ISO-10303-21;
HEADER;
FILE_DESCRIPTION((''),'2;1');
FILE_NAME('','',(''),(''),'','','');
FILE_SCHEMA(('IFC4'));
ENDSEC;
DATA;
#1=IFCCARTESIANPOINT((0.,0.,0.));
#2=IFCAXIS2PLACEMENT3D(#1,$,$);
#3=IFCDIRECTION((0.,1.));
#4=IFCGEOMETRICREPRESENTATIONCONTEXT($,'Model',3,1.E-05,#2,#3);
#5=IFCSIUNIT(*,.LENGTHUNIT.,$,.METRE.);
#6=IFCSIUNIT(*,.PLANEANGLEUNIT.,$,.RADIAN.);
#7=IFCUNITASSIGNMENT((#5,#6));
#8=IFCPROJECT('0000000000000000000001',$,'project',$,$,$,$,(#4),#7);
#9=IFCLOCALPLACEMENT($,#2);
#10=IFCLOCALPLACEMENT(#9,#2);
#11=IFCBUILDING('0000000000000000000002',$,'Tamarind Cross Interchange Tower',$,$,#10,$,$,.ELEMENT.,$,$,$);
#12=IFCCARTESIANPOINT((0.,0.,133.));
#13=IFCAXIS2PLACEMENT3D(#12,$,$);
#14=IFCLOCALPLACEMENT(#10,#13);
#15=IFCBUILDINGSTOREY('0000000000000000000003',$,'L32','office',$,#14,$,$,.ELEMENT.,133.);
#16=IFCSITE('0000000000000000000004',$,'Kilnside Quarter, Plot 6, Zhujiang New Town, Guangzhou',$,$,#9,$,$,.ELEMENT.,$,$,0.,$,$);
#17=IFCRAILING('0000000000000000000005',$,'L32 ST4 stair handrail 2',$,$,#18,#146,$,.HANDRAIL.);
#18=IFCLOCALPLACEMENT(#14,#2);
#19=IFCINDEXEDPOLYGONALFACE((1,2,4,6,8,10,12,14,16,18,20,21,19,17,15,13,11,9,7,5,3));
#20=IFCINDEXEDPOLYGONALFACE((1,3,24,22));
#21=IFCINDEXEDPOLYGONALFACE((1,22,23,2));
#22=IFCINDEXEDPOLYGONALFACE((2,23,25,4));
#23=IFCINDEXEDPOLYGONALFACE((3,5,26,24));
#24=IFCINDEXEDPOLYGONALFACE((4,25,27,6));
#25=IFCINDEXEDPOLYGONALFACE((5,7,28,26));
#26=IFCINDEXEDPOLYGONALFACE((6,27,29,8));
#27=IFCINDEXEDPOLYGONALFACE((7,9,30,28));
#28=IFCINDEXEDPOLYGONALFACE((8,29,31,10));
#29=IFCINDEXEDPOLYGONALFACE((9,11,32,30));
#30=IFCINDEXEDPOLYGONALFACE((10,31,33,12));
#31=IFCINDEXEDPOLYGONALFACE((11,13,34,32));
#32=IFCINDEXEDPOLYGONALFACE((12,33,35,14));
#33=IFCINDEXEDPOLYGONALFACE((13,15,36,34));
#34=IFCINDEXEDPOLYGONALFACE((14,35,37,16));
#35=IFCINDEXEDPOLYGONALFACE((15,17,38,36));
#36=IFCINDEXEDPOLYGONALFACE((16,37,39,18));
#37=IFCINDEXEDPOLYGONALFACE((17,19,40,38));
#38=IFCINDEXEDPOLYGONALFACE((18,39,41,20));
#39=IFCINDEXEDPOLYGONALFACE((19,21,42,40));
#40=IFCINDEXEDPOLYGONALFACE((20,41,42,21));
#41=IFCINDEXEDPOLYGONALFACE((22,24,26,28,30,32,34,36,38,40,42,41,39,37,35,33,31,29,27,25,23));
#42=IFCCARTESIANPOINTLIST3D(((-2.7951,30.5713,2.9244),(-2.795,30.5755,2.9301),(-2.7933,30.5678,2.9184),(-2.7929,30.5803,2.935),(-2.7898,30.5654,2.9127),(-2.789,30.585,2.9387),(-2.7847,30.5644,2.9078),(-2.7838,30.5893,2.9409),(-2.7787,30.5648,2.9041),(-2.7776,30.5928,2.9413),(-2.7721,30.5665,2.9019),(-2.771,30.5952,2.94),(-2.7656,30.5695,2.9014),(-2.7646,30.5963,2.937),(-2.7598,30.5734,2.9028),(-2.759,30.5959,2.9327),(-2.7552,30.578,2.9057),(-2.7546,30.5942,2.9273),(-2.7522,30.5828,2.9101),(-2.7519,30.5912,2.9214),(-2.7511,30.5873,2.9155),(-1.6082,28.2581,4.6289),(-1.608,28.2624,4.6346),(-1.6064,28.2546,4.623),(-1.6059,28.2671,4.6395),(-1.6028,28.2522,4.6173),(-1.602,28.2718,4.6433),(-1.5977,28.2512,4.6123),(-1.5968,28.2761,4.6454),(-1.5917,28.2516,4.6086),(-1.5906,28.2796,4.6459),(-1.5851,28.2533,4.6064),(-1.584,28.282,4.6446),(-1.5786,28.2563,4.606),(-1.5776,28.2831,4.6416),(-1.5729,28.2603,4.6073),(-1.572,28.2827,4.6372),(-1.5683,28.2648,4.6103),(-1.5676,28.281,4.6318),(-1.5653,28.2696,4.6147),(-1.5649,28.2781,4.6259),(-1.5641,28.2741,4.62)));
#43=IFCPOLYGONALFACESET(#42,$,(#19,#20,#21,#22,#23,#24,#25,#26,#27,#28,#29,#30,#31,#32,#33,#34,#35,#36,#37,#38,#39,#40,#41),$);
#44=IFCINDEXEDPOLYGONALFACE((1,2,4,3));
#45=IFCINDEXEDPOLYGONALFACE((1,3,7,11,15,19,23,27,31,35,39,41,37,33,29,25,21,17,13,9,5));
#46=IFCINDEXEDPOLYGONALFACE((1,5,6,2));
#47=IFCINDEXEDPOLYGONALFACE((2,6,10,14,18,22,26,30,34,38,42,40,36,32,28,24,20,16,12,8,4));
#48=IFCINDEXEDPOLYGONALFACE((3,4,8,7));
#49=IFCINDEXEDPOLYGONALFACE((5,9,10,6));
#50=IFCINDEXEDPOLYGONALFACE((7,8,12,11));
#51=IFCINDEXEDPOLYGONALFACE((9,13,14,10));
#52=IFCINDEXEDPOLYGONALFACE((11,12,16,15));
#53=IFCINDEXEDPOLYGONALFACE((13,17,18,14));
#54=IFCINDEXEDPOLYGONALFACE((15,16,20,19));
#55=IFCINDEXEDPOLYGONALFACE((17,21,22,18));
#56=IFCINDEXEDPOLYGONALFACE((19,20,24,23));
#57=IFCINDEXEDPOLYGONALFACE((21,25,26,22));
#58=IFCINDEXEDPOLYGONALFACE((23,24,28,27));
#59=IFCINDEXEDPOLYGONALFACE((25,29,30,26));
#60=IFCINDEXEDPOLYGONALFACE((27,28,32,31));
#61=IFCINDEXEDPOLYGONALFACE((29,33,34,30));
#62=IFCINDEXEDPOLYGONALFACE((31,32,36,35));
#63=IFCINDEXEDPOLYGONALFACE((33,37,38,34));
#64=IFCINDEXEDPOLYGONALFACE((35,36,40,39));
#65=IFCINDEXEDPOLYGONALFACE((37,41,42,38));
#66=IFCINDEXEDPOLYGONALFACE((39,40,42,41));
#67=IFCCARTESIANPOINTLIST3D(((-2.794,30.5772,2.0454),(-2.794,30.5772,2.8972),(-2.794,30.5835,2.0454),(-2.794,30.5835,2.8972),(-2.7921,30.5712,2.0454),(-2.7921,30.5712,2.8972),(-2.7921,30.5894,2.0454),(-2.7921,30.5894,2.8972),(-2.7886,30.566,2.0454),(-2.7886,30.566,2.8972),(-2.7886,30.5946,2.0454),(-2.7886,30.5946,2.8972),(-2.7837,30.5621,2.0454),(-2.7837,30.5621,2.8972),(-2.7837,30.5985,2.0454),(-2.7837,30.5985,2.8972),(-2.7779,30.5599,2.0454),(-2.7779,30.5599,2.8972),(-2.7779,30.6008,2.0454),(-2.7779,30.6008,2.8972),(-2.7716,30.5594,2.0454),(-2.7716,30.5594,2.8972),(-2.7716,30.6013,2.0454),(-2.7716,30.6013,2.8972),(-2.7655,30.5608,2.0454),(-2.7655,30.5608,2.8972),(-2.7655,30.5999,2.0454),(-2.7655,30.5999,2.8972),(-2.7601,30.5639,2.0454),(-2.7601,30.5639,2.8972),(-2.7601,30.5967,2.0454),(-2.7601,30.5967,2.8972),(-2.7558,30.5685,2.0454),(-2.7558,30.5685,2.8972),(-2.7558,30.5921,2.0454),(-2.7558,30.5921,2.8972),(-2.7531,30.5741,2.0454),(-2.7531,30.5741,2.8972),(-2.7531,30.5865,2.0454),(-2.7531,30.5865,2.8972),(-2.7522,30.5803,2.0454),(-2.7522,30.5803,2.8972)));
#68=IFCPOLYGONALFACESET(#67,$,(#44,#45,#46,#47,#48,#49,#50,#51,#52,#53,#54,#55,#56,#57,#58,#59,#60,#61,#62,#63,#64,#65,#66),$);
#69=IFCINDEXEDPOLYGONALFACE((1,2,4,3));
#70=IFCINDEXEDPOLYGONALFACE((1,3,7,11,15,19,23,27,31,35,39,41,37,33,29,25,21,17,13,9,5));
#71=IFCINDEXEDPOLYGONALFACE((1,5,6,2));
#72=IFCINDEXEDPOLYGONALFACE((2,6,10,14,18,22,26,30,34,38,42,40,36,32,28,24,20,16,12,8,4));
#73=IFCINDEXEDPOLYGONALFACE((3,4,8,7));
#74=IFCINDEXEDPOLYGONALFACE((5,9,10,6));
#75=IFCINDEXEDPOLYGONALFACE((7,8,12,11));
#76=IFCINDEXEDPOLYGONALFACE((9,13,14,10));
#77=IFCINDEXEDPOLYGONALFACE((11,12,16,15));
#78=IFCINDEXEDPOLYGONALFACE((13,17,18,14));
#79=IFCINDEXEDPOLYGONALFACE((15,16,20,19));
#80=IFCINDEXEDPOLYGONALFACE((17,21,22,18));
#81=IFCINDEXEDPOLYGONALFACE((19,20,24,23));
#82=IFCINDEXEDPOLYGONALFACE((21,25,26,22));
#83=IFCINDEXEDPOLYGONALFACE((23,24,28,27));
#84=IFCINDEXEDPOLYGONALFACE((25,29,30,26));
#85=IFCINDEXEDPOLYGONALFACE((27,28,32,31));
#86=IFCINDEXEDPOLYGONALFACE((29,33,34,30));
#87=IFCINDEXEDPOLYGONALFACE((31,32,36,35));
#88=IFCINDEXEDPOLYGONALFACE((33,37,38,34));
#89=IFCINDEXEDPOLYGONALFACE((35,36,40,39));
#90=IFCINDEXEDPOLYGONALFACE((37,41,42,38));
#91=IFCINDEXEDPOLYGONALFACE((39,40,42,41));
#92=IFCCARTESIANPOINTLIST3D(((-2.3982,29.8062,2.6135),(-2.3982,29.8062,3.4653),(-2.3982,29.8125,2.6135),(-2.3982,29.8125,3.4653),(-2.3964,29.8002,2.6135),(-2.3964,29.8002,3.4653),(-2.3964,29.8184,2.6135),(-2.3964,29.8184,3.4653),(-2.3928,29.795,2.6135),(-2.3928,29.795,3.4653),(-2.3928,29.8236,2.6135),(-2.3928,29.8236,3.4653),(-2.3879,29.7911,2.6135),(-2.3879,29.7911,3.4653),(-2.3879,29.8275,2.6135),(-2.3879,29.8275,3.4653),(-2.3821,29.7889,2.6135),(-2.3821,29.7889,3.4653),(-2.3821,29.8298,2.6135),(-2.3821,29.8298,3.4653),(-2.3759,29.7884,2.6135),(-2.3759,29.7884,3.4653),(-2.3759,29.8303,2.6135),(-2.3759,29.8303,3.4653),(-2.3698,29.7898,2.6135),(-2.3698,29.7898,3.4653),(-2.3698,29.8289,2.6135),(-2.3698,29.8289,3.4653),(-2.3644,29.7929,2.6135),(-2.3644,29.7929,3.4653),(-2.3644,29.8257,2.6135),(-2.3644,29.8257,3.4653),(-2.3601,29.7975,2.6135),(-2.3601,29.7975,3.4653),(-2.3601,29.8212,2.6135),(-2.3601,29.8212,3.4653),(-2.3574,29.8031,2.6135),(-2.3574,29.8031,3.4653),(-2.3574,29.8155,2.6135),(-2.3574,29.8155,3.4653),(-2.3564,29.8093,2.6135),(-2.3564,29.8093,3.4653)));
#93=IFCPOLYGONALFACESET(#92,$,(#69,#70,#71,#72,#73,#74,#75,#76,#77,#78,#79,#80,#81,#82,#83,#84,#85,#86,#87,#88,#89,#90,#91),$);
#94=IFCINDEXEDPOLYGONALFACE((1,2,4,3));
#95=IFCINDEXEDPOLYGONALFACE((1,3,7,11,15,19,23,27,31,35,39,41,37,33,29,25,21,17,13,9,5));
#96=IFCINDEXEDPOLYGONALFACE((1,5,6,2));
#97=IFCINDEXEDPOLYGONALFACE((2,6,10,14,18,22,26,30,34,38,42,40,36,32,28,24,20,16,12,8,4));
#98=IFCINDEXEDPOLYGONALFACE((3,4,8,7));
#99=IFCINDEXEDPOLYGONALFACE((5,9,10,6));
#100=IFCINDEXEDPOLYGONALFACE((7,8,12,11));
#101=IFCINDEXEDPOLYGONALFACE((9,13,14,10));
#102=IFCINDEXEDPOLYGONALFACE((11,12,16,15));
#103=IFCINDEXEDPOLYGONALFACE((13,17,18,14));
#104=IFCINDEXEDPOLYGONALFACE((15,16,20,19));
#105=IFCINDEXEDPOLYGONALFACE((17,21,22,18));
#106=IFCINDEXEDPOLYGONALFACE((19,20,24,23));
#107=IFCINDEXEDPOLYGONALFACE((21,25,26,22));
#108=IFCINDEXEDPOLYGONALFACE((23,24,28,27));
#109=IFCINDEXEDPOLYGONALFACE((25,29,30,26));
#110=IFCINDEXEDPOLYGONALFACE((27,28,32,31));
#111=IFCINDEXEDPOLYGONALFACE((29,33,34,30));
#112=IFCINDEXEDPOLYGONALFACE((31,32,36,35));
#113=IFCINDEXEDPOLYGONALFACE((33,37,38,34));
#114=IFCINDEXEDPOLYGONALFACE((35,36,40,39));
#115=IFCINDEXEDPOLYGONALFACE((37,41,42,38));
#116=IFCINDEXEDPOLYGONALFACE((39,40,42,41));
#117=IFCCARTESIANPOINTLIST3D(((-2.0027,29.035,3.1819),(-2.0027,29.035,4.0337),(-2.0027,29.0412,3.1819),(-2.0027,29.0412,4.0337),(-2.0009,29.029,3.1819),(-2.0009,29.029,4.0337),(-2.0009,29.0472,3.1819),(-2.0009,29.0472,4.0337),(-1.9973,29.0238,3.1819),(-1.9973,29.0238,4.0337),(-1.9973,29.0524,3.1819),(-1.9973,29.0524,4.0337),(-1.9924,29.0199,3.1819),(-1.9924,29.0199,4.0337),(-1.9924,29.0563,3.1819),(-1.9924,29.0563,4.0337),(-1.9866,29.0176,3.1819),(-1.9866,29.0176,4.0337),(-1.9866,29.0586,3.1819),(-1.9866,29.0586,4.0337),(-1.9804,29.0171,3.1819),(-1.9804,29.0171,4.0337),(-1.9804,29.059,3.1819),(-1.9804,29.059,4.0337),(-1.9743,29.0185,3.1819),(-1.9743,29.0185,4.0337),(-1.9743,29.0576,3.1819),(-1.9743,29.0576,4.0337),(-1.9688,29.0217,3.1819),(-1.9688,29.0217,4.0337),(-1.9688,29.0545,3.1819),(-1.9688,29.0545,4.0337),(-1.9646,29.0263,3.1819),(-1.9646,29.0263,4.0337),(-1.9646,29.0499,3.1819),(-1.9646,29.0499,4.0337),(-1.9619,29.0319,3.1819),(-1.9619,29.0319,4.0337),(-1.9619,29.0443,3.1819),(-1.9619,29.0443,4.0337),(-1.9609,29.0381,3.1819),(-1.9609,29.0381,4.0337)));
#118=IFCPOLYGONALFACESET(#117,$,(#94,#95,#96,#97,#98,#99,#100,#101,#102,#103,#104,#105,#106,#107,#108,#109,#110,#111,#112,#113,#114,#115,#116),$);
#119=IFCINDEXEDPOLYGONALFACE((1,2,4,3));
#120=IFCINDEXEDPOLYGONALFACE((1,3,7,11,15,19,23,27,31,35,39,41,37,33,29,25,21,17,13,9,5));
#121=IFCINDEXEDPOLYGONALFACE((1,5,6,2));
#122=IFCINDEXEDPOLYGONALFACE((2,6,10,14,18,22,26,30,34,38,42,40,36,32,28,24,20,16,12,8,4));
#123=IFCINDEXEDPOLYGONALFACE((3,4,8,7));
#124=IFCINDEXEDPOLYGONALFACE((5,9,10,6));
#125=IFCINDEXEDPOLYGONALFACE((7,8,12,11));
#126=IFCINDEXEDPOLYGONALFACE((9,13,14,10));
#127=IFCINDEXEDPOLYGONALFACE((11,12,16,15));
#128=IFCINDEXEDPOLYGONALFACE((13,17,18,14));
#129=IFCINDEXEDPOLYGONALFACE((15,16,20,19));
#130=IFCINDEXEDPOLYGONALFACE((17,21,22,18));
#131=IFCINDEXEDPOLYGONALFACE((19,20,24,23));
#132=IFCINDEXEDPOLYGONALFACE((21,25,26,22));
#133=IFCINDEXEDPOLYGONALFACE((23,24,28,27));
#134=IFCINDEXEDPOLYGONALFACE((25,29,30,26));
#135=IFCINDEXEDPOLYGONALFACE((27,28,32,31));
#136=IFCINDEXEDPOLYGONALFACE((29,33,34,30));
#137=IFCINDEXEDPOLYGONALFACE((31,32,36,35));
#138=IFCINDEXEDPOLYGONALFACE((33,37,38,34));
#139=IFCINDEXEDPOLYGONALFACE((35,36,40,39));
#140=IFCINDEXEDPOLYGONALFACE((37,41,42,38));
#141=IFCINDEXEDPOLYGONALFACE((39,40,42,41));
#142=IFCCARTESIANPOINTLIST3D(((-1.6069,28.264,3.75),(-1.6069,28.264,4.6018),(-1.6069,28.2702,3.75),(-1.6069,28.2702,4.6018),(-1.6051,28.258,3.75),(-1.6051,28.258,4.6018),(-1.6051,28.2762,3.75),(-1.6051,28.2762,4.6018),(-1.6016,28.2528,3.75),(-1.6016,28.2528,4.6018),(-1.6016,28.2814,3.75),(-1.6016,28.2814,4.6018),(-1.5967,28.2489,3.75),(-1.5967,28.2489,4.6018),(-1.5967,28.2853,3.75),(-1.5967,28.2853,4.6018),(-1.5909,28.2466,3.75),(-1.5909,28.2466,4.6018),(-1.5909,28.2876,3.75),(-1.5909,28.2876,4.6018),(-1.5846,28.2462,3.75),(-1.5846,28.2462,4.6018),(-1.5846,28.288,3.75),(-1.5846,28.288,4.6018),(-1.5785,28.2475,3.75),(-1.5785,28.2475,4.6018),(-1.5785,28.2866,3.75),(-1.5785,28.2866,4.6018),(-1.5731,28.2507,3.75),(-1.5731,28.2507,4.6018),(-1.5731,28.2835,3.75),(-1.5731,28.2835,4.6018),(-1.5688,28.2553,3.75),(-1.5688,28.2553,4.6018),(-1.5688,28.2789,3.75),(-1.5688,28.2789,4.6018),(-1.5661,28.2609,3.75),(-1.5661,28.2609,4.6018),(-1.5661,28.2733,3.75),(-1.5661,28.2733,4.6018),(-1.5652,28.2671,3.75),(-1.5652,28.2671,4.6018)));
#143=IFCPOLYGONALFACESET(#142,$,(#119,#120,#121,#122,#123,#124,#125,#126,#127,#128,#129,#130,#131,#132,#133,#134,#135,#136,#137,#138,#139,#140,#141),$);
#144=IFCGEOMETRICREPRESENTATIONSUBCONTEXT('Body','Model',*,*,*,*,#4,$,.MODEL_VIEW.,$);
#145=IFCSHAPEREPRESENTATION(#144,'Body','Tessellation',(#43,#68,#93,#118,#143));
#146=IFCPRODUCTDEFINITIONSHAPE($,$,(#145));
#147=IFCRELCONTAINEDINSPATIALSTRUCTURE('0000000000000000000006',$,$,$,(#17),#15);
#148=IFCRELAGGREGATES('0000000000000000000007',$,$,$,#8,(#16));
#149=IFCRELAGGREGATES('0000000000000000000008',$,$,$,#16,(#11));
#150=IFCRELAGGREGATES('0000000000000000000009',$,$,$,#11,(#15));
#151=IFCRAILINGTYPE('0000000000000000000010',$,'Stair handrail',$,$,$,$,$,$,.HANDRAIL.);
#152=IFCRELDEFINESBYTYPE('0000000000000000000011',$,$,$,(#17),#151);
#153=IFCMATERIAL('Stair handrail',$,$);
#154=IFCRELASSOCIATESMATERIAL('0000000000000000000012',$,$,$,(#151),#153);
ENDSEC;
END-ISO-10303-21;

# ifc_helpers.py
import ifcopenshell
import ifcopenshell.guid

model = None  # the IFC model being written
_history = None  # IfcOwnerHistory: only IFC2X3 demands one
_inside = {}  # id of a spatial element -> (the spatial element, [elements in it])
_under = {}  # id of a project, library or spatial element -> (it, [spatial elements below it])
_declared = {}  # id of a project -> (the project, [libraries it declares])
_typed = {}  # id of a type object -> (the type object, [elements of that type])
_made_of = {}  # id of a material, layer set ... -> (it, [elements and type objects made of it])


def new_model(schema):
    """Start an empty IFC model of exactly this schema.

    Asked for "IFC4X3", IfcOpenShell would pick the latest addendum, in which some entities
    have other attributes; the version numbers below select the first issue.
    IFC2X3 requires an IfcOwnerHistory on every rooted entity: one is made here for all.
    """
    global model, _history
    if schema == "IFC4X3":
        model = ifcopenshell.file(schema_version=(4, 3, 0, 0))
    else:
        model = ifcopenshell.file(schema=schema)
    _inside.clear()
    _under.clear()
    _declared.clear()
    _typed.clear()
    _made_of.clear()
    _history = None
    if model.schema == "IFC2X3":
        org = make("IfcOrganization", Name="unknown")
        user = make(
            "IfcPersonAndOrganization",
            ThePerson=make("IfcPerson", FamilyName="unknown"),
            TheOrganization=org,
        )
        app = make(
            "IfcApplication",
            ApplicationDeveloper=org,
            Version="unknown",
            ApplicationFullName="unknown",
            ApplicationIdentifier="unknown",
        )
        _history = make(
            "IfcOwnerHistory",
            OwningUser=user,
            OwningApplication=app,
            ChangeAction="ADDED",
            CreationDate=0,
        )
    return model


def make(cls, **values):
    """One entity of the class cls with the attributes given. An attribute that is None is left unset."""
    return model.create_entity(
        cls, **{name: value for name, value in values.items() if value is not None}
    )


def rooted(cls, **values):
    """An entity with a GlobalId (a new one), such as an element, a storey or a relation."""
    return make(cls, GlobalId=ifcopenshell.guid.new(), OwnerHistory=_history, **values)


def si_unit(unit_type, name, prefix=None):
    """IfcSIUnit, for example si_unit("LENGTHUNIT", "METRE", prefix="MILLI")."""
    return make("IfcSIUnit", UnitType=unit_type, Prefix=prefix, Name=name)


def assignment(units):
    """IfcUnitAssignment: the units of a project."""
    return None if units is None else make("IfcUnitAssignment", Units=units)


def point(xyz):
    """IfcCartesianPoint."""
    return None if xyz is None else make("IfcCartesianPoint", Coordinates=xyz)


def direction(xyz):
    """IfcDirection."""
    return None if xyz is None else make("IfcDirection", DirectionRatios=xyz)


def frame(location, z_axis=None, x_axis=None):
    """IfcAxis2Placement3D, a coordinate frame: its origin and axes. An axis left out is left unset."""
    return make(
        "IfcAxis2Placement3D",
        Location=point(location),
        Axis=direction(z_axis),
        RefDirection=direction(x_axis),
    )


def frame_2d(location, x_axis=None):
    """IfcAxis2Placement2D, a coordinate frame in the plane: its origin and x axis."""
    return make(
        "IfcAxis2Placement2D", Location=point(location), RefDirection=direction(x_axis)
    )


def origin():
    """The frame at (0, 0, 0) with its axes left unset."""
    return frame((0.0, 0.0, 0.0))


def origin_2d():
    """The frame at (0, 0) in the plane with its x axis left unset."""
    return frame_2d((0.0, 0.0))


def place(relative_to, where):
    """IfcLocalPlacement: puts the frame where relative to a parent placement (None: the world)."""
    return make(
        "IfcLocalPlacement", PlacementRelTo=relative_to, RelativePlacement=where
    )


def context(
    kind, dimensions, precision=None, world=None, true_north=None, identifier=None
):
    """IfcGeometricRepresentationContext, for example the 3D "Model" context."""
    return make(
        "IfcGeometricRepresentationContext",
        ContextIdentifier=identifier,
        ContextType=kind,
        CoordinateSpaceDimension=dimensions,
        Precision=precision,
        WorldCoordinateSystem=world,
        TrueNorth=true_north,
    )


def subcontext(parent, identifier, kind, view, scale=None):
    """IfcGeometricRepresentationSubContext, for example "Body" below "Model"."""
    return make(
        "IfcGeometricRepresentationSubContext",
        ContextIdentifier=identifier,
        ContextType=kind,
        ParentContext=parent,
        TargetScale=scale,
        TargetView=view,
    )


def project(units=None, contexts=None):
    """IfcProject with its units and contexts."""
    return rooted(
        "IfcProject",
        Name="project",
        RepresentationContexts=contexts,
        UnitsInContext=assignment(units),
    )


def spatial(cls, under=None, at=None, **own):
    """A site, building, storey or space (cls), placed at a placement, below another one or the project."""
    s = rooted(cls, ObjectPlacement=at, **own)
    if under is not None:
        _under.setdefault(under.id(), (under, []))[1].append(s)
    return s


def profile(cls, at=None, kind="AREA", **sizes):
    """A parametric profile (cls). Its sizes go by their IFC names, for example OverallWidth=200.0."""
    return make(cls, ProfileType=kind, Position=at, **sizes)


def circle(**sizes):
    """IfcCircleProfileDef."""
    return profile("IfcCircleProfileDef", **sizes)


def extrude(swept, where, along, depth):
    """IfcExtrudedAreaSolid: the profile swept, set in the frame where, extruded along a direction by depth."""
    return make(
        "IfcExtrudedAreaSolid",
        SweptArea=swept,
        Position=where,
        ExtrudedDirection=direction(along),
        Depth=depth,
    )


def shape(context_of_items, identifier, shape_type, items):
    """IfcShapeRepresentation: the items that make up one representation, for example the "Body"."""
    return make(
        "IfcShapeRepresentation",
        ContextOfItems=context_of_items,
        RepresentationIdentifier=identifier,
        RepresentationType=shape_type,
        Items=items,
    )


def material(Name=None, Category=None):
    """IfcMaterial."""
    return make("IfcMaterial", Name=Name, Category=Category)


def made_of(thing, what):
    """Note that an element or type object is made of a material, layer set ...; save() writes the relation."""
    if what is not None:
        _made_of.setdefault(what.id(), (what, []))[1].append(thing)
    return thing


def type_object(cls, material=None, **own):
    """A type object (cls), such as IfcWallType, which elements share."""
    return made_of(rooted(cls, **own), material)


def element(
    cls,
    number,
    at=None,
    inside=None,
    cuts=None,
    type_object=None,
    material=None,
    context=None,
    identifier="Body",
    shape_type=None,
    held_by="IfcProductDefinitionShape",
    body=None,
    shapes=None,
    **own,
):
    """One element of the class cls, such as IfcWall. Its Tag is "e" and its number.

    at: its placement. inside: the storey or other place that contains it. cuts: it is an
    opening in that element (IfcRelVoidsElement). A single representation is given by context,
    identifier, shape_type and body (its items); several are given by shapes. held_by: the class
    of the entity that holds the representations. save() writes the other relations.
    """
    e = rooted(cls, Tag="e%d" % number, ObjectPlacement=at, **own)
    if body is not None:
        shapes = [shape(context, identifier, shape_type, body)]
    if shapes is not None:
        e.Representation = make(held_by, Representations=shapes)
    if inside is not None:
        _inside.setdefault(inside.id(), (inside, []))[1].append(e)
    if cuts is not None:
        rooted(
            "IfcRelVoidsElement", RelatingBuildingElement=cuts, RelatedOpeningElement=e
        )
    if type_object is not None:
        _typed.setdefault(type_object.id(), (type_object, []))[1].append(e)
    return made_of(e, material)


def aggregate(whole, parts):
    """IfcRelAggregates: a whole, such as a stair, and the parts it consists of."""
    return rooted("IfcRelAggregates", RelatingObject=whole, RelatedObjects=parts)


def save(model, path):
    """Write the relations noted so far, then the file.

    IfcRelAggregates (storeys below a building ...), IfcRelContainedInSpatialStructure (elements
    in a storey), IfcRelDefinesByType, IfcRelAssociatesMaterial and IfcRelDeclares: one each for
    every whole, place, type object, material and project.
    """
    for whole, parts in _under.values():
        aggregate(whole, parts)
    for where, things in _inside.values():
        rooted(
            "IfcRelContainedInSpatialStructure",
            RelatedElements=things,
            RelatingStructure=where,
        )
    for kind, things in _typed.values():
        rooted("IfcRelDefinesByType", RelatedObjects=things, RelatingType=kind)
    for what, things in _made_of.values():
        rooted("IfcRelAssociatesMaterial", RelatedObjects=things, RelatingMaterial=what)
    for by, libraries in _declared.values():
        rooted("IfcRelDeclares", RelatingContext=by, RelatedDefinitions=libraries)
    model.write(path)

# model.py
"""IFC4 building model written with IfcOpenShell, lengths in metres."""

from ifc_helpers import new_model, si_unit, direction, frame, origin, origin_2d, place, context, subcontext, project, spatial, circle, extrude, material, type_object, element, save


model = new_model("IFC4")

# Units and contexts
model_context = context("Model", 3, precision=1e-05, world=origin(), true_north=direction((0.0, 1.0)))
body_context = subcontext(model_context, "Body", "Model", "MODEL_VIEW")
ifc_project = project(units=[si_unit("LENGTHUNIT", "METRE"), si_unit("PLANEANGLEUNIT", "RADIAN")], contexts=[model_context])

# Site, building, storey
site_placement = place(None, origin())
site = spatial("IfcSite", under=ifc_project, at=site_placement, Name="Kilnside Quarter, Plot 6, Zhujiang New Town, Guangzhou", CompositionType="ELEMENT", RefElevation=0.0)
building_placement = place(site_placement, origin())
building = spatial("IfcBuilding", under=site, at=building_placement, Name="Tamarind Cross Interchange Tower", CompositionType="ELEMENT")
storey_placement = place(building_placement, frame((0.0, 0.0, 133.0)))
storey = spatial("IfcBuildingStorey", under=building, at=storey_placement, Name="L32", Description="office", CompositionType="ELEMENT", Elevation=133.0)

# Railing
ifc_material_1 = material(Name="Stair handrail")
railing_type_1 = type_object("IfcRailingType", Name="Stair handrail", PredefinedType="HANDRAIL", material=ifc_material_1)
railing_1_placement = place(storey_placement, frame((-2.7732, 30.5803, 2.0454)))
element("IfcRailing", 1, at=railing_1_placement, inside=storey, type_object=railing_type_1, Name="L32 ST4 stair handrail 2", PredefinedType="HANDRAIL", context=body_context, shape_type="SweptSolid", body=[
    extrude(circle(Radius=0.0239, at=origin_2d()), frame((0.0, 0.0, 0.876), z_axis=(0.381803, -0.744052, 0.548282), x_axis=(0.889702, 0.456542, 0.0)), (0.0, 0.0, 1.0), 3.1089),
    extrude(circle(Radius=0.021, at=origin_2d()), origin(), (0.0, 0.0, 1.0), 0.8518),
    extrude(circle(Radius=0.021, at=origin_2d()), frame((0.3958, -0.771, 0.5681)), (0.0, 0.0, 1.0), 0.8518),
    extrude(circle(Radius=0.021, at=origin_2d()), frame((0.7913, -1.5422, 1.1365)), (0.0, 0.0, 1.0), 0.8518),
    extrude(circle(Radius=0.021, at=origin_2d()), frame((1.187, -2.3132, 1.7046)), (0.0, 0.0, 1.0), 0.8518),
])

save(model, "model.ifc")
